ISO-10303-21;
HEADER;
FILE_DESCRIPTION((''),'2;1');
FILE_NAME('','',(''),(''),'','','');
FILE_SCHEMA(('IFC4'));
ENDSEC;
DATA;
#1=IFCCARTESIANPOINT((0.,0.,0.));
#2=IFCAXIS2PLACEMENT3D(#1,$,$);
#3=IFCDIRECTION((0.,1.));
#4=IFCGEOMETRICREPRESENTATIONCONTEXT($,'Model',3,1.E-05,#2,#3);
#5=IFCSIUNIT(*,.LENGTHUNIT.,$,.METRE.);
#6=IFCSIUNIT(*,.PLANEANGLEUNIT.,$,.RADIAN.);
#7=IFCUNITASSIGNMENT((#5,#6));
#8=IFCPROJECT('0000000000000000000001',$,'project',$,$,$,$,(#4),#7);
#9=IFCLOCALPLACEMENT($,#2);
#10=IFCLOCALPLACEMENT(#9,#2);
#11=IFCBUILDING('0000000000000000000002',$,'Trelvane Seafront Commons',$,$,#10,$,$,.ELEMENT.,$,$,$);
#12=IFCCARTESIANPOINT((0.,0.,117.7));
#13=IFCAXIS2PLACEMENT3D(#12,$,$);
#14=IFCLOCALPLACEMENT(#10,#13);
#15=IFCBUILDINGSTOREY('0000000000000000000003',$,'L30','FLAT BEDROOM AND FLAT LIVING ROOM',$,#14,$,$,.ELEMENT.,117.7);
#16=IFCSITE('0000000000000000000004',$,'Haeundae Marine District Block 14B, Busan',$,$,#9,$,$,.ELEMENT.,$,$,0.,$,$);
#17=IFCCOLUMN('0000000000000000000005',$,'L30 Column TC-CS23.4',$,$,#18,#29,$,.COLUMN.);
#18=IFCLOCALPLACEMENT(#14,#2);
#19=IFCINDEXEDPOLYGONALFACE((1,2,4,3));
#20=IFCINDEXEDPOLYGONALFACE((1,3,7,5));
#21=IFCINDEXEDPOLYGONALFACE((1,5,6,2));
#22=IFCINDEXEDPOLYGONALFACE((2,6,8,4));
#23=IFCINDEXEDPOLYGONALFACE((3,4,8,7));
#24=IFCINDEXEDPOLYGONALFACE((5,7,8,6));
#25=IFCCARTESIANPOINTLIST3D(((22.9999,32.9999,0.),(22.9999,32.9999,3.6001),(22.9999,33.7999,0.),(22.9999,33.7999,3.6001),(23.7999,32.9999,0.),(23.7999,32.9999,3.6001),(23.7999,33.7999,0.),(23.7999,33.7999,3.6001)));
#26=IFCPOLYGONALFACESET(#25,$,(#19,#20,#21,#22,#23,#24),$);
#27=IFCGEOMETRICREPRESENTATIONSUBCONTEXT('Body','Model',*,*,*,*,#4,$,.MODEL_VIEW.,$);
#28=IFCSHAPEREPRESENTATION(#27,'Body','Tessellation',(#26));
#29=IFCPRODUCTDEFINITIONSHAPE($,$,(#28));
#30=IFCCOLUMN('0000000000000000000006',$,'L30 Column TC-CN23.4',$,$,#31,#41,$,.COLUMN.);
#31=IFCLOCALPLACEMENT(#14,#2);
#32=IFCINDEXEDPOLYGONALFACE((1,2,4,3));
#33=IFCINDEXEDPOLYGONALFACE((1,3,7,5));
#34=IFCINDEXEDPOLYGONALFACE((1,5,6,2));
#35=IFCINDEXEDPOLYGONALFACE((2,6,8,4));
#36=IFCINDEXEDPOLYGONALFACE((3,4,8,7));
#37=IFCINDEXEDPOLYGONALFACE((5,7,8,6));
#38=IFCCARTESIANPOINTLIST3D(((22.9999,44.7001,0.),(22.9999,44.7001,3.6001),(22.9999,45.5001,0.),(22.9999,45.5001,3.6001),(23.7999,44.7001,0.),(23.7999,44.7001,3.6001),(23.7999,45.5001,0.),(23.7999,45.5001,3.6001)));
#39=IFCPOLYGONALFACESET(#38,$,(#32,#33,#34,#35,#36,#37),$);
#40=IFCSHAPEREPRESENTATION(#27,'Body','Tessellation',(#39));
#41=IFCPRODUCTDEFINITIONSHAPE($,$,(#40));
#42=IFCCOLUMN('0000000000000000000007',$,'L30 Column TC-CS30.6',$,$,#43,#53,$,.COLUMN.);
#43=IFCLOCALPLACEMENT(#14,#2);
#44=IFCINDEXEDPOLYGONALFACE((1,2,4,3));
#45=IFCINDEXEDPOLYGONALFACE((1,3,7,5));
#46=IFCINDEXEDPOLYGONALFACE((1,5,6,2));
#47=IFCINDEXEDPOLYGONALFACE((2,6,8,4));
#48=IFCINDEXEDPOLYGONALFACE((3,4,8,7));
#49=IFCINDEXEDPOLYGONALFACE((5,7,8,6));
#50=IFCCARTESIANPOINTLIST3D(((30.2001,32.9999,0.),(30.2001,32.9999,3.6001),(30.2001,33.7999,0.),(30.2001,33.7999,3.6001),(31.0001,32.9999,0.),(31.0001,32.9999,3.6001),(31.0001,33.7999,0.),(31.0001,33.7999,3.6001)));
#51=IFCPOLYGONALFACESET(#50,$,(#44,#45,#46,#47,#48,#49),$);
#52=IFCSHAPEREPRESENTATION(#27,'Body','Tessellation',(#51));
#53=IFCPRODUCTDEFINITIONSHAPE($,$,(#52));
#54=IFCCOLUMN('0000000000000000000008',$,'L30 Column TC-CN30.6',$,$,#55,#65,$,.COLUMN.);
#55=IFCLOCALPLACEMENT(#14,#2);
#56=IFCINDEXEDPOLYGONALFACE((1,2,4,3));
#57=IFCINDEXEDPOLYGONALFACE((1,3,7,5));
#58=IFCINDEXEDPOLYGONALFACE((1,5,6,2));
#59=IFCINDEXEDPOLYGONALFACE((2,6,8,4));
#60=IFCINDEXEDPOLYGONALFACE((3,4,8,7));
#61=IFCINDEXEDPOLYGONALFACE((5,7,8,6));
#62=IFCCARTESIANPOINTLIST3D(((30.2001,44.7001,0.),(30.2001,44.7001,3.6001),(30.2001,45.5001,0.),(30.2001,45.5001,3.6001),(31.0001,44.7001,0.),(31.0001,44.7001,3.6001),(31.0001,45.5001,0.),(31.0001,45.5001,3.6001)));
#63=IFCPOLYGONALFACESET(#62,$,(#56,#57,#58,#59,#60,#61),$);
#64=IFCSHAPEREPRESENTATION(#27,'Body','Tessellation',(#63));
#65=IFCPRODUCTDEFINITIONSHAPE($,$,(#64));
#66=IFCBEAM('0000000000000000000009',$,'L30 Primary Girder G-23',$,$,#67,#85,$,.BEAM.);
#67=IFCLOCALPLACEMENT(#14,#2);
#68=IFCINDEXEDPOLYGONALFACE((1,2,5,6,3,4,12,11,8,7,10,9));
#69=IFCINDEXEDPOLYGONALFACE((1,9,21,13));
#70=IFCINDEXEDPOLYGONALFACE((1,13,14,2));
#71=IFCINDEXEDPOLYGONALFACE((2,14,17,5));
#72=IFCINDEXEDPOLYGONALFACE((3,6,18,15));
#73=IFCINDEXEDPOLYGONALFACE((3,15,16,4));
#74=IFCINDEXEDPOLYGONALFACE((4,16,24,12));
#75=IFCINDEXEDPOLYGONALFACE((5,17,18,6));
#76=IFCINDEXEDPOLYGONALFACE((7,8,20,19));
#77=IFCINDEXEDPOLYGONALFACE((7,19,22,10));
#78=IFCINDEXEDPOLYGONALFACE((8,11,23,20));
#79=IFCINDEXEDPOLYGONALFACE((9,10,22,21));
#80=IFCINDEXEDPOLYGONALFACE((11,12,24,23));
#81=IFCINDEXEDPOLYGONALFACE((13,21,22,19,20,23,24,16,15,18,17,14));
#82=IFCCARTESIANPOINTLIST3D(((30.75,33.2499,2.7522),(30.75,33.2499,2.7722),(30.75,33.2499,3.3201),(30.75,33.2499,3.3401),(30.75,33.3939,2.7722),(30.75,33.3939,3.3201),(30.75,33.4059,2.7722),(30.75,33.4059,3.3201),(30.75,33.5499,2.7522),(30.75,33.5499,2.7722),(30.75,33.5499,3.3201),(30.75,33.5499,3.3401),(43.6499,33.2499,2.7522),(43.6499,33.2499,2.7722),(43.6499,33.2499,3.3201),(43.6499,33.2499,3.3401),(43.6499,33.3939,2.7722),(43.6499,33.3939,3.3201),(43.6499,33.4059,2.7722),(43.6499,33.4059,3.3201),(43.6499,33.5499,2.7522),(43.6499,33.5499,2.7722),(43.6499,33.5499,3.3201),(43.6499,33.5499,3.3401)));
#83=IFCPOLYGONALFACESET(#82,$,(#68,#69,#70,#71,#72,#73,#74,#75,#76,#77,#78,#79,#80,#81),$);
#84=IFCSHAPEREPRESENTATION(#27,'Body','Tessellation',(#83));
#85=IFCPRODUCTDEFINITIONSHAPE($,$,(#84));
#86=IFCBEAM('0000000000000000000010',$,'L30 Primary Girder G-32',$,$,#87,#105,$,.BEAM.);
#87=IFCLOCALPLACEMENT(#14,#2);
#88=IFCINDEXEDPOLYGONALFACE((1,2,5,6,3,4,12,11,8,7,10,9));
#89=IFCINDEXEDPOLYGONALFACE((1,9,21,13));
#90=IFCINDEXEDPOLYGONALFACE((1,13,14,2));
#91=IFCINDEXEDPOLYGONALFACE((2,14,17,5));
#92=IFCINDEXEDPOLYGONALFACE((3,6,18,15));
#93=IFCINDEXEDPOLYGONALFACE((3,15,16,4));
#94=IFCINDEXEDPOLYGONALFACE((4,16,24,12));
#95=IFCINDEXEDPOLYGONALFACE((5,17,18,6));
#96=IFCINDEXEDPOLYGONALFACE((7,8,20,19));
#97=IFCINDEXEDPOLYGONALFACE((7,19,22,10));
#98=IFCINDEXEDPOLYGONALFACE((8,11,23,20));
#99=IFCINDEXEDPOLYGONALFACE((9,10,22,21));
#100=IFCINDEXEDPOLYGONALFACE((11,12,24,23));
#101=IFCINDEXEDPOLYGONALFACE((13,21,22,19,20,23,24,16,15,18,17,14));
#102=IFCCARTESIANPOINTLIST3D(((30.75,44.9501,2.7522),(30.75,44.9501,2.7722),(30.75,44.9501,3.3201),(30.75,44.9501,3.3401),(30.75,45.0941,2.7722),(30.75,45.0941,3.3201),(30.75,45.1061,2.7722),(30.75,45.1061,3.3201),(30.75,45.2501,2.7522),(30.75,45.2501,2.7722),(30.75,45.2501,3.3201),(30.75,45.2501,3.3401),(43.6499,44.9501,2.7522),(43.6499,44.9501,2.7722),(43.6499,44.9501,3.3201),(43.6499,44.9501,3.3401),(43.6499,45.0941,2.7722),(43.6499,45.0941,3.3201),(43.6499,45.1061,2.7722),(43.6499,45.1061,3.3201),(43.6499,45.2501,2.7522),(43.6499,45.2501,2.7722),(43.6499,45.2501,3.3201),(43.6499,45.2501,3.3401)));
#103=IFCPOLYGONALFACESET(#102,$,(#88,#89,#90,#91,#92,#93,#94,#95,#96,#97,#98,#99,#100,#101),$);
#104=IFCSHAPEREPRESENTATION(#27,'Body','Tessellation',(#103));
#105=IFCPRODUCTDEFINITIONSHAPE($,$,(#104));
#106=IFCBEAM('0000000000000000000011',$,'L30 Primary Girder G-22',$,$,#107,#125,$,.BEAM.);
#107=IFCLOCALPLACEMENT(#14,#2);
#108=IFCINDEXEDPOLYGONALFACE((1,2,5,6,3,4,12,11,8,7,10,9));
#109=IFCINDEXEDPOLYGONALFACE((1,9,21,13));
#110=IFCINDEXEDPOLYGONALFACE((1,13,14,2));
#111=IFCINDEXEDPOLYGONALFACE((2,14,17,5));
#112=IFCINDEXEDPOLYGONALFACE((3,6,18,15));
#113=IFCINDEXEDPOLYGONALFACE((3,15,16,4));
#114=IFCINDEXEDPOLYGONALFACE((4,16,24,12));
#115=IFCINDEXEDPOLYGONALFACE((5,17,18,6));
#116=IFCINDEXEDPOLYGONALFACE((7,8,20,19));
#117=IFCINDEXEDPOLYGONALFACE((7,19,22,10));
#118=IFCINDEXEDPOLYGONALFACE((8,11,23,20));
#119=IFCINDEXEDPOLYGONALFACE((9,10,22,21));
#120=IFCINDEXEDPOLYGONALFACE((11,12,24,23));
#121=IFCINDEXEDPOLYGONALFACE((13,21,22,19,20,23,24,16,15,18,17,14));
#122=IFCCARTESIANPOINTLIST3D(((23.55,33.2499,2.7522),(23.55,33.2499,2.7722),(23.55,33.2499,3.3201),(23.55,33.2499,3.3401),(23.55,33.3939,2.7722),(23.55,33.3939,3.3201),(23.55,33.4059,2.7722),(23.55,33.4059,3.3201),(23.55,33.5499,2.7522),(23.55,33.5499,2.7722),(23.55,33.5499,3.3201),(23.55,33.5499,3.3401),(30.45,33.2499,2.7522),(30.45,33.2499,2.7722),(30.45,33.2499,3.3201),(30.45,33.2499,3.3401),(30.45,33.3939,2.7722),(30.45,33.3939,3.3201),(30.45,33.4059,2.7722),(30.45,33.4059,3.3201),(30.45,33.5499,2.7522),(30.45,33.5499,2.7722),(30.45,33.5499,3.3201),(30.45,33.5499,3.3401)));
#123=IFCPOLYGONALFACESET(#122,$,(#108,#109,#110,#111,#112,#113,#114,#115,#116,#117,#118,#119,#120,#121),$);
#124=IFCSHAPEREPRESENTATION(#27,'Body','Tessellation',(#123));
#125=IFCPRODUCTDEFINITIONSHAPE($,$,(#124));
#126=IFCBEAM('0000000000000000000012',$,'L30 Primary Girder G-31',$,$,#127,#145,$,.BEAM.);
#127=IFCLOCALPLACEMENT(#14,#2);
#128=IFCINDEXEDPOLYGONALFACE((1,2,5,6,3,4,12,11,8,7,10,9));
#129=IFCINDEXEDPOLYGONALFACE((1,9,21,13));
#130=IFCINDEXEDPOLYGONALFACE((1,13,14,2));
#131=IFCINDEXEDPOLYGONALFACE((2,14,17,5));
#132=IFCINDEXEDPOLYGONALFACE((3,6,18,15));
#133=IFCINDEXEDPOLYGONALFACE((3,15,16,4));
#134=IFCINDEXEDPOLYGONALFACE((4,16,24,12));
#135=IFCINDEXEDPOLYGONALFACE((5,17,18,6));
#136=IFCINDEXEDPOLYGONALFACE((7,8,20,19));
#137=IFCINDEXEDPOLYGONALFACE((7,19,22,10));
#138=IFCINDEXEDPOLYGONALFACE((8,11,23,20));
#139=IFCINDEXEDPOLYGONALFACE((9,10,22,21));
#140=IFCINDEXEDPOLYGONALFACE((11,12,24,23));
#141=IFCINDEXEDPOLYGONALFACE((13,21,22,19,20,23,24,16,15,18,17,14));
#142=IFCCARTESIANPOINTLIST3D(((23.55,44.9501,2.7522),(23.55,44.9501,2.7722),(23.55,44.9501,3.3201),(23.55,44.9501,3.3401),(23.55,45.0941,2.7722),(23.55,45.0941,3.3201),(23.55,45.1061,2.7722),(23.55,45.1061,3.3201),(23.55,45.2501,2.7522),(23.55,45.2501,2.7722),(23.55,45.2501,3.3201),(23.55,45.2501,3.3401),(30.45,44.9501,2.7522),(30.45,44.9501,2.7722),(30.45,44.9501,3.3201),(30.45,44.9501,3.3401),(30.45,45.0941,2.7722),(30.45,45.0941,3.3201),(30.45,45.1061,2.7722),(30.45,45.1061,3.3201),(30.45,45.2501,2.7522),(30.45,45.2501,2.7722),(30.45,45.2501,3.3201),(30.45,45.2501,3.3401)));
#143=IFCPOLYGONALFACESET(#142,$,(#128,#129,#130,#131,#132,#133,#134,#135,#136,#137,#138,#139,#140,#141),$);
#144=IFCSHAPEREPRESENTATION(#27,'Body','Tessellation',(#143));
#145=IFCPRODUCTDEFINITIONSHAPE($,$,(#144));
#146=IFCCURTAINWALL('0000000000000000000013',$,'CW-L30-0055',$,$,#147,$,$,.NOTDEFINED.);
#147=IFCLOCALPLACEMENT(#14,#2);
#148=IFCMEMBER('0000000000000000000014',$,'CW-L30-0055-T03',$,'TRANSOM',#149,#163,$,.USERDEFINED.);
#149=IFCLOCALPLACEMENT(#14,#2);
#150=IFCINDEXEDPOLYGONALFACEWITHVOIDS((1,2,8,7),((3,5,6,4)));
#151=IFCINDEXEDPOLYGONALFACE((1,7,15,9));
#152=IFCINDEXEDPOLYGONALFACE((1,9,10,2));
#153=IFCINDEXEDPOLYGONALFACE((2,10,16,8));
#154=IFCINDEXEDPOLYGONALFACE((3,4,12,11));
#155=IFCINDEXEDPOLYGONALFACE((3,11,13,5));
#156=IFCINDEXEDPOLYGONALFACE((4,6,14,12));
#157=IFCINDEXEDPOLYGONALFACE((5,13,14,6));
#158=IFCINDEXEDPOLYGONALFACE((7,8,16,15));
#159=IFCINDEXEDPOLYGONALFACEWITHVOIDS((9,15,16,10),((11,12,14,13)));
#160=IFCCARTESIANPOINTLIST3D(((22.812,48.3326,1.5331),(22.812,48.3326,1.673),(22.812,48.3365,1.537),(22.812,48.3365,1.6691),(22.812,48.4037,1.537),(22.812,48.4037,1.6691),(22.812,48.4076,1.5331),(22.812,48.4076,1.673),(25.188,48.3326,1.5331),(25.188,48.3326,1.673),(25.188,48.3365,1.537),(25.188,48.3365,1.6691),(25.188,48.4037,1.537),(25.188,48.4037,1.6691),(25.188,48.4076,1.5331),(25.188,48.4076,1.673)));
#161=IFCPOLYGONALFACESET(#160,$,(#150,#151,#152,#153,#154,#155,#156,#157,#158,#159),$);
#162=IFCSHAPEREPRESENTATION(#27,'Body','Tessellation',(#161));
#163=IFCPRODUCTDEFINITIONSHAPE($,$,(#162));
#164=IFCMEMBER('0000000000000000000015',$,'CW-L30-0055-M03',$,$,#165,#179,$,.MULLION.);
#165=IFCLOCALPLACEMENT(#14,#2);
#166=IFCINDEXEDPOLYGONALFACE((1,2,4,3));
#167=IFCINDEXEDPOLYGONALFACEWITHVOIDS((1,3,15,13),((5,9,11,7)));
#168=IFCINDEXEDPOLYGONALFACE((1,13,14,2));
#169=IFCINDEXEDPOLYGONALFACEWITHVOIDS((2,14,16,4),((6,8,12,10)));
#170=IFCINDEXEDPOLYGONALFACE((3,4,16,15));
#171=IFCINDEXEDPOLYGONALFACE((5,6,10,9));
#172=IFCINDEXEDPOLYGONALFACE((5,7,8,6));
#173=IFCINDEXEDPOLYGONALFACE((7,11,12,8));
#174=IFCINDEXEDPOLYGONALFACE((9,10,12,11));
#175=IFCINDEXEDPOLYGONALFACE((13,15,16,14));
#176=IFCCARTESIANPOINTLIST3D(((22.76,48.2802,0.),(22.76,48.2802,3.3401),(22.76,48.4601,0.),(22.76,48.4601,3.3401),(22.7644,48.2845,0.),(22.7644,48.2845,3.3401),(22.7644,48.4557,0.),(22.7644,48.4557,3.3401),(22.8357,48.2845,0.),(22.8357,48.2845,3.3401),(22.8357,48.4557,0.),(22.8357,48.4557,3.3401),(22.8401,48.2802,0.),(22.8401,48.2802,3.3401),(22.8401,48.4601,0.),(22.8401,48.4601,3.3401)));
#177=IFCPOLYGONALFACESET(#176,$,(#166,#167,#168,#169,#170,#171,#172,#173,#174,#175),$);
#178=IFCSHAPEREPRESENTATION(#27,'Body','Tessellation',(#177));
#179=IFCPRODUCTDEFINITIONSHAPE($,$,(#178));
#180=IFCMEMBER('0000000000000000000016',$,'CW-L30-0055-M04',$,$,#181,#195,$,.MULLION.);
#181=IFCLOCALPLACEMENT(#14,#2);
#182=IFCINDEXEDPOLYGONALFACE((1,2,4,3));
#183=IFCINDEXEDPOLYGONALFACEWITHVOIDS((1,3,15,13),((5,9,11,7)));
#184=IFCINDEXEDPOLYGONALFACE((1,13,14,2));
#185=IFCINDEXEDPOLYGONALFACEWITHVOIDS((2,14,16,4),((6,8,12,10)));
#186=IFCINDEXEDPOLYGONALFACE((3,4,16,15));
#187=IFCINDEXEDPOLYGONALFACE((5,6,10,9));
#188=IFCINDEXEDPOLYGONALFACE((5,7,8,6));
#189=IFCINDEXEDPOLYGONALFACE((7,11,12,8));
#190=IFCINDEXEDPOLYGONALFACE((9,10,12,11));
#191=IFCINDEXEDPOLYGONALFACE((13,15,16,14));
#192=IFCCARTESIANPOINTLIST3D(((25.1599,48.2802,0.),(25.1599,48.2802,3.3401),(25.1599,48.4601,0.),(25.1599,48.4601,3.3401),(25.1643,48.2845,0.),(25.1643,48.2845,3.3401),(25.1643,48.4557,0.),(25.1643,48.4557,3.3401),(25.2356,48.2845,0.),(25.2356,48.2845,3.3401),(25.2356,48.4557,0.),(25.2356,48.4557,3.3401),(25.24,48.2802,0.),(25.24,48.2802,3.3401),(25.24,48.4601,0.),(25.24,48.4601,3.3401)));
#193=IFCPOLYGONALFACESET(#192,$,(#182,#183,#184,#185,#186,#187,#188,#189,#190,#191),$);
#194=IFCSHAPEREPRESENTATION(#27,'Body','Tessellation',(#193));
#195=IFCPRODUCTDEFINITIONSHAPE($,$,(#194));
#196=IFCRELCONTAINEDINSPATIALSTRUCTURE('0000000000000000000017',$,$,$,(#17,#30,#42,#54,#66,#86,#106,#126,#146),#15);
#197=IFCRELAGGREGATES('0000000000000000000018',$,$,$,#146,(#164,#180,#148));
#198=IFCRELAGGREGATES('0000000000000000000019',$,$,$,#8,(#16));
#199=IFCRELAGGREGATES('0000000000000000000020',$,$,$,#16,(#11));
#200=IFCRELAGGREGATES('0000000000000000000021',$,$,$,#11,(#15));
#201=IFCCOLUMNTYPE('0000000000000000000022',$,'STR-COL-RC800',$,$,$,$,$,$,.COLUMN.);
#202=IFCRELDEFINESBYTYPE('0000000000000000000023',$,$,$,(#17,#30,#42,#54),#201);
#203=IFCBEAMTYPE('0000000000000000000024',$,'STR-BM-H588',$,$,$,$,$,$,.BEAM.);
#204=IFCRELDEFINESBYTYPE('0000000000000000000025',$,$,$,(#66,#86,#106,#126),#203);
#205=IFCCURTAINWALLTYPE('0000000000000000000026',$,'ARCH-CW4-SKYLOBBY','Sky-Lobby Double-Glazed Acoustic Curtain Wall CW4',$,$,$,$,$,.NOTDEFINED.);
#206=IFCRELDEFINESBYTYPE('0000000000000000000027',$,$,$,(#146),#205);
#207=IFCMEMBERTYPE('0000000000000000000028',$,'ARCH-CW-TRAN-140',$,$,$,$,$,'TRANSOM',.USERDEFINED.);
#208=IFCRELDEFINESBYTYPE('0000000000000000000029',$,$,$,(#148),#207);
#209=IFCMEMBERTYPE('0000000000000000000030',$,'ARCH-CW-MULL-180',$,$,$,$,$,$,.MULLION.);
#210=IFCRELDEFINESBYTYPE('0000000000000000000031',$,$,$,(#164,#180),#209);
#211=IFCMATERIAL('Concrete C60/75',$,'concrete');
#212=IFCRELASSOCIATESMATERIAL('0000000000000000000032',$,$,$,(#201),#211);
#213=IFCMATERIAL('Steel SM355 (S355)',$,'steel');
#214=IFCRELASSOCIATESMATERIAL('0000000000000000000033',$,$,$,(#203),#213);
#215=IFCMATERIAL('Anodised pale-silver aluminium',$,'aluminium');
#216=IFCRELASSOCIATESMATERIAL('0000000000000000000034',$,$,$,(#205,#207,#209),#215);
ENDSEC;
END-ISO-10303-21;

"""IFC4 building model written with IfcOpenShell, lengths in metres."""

from ifc_helpers import new_model, si_unit, direction, frame, origin, origin_2d, place, context, subcontext, project, spatial, rectangle, hollow_rectangle, i_section, extrude, source, transform, mapped, material, material_profile, profile_set, type_object, element, aggregate, save


model = new_model("IFC4")

# Units and contexts
model_context = context("Model", 3, precision=1e-05, world=origin(), true_north=direction((0.0, 1.0)))
body_context = subcontext(model_context, "Body", "Model", "MODEL_VIEW")
ifc_project = project(units=[si_unit("LENGTHUNIT", "METRE"), si_unit("PLANEANGLEUNIT", "RADIAN")], contexts=[model_context])

# Site, building, storey
site_placement = place(None, origin())
site = spatial("IfcSite", under=ifc_project, at=site_placement, Name="Haeundae Marine District Block 14B, Busan", CompositionType="ELEMENT", RefElevation=0.0)
building_placement = place(site_placement, origin())
building = spatial("IfcBuilding", under=site, at=building_placement, Name="Trelvane Seafront Commons", CompositionType="ELEMENT")
storey_placement = place(building_placement, frame((0.0, 0.0, 117.7)))
storey = spatial("IfcBuildingStorey", under=building, at=storey_placement, Name="L30", Description="FLAT BEDROOM AND FLAT LIVING ROOM", CompositionType="ELEMENT", Elevation=117.7)

# Columns
ifc_material_1 = material(Name="Concrete C60/75", Category="concrete")
ifc_material_profile_1 = material_profile(ifc_material_1, rectangle(XDim=0.8, YDim=0.8, at=origin_2d()), Name="RC-800x800")
ifc_profile_set_1 = profile_set([ifc_material_profile_1], Name="Concrete C60/75")
column_type = type_object("IfcColumnType", Name="STR-COL-RC800", PredefinedType="COLUMN", material=ifc_profile_set_1)
shared_shape_1 = source(origin(), body_context, "Body", "SweptSolid", [
    extrude(rectangle(XDim=0.8, YDim=0.8, at=origin_2d()), origin(), (0.0, 0.0, 1.0), 3.6001),
])
for number, where, z_axis, x_axis, name in (
    (1, (23.3999, 33.3999, 0.0), (0.0, 0.0, 1.0), (1.0, 0.0, 0.0), "L30 Column TC-CS23.4"),
    (2, (23.3999, 45.1001, 0.0), (0.0, 0.0, 1.0), (1.0, 0.0, 0.0), "L30 Column TC-CN23.4"),
    (3, (30.6001, 33.3999, 0.0), (0.0, 0.0, 1.0), (1.0, 0.0, 0.0), "L30 Column TC-CS30.6"),
    (4, (30.6001, 45.1001, 0.0), (0.0, 0.0, 1.0), (1.0, 0.0, 0.0), "L30 Column TC-CN30.6"),
):
    element("IfcColumn", number, at=place(storey_placement, frame(where, z_axis=z_axis, x_axis=x_axis)), inside=storey, type_object=column_type, Name=name, PredefinedType="COLUMN", context=body_context, shape_type="MappedRepresentation", body=[
        mapped(shared_shape_1, transform((0.0, 0.0, 0.0), x_axis=(1.0, 0.0, 0.0), y_axis=(0.0, 1.0, 0.0), z_axis=(0.0, 0.0, 1.0), scale=1.0)),
    ])

# Beams
ifc_material_2 = material(Name="Steel SM355 (S355)", Category="steel")
ifc_material_profile_2 = material_profile(ifc_material_2, i_section(OverallWidth=0.3, OverallDepth=0.5879, WebThickness=0.012, FlangeThickness=0.02, at=origin_2d()), Name="H-588x300x12x20")
ifc_profile_set_2 = profile_set([ifc_material_profile_2], Name="Steel SM355 (S355)")
beam_type = type_object("IfcBeamType", Name="STR-BM-H588", PredefinedType="BEAM", material=ifc_profile_set_2)
shared_shape_2 = source(origin(), body_context, "Body", "SweptSolid", [
    extrude(i_section(OverallWidth=0.3, OverallDepth=0.5879, WebThickness=0.012, FlangeThickness=0.02, at=origin_2d()), origin(), (0.0, 0.0, 1.0), 12.8999),
])
for number, where, z_axis, x_axis, name in (
    (5, (30.75, 33.3999, 3.0461), (1.0, 0.0, 0.0), (0.0, 1.0, 0.0), "L30 Primary Girder G-23"),
    (6, (30.75, 45.1001, 3.0461), (1.0, 0.0, 0.0), (0.0, 1.0, 0.0), "L30 Primary Girder G-32"),
):
    element("IfcBeam", number, at=place(storey_placement, frame(where, z_axis=z_axis, x_axis=x_axis)), inside=storey, type_object=beam_type, Name=name, PredefinedType="BEAM", context=body_context, shape_type="MappedRepresentation", body=[
        mapped(shared_shape_2, transform((0.0, 0.0, 0.0), x_axis=(1.0, 0.0, 0.0), y_axis=(0.0, 1.0, 0.0), z_axis=(0.0, 0.0, 1.0), scale=1.0)),
    ])
shared_shape_3 = source(origin(), body_context, "Body", "SweptSolid", [
    extrude(i_section(OverallWidth=0.3, OverallDepth=0.5879, WebThickness=0.012, FlangeThickness=0.02, at=origin_2d()), origin(), (0.0, 0.0, 1.0), 6.8999),
])
for number, where, z_axis, x_axis, name in (
    (7, (23.55, 33.3999, 3.0461), (1.0, 0.0, 0.0), (0.0, 1.0, 0.0), "L30 Primary Girder G-22"),
    (8, (23.55, 45.1001, 3.0461), (1.0, 0.0, 0.0), (0.0, 1.0, 0.0), "L30 Primary Girder G-31"),
):
    element("IfcBeam", number, at=place(storey_placement, frame(where, z_axis=z_axis, x_axis=x_axis)), inside=storey, type_object=beam_type, Name=name, PredefinedType="BEAM", context=body_context, shape_type="MappedRepresentation", body=[
        mapped(shared_shape_3, transform((0.0, 0.0, 0.0), x_axis=(1.0, 0.0, 0.0), y_axis=(0.0, 1.0, 0.0), z_axis=(0.0, 0.0, 1.0), scale=1.0)),
    ])

# Curtain wall, members
ifc_material_3 = material(Name="Anodised pale-silver aluminium", Category="aluminium")
curtain_wall_type = type_object("IfcCurtainWallType", Name="ARCH-CW4-SKYLOBBY", Description="Sky-Lobby Double-Glazed Acoustic Curtain Wall CW4", PredefinedType="NOTDEFINED", material=ifc_material_3)
curtain_wall_placement = place(storey_placement, origin())
curtain_wall = element("IfcCurtainWall", 9, at=curtain_wall_placement, inside=storey, type_object=curtain_wall_type, Name="CW-L30-0055", PredefinedType="NOTDEFINED")
ifc_material_profile_3 = material_profile(ifc_material_3, hollow_rectangle(XDim=0.075, YDim=0.1399, WallThickness=0.0039, at=origin_2d()), Name="TRAN-75x140x4")
ifc_profile_set_3 = profile_set([ifc_material_profile_3], Name="Anodised pale-silver aluminium")
member_type_1 = type_object("IfcMemberType", Name="ARCH-CW-TRAN-140", ElementType="TRANSOM", PredefinedType="USERDEFINED", material=ifc_profile_set_3)
shared_shape_4 = source(origin(), body_context, "Body", "SweptSolid", [
    extrude(hollow_rectangle(XDim=0.075, YDim=0.1399, WallThickness=0.0039, at=origin_2d()), origin(), (0.0, 0.0, 1.0), 2.376),
])
member_1_placement = place(storey_placement, frame((22.812, 48.3701, 1.603), z_axis=(1.0, 0.0, 0.0), x_axis=(0.0, 1.0, 0.0)))
member_1 = element("IfcMember", 10, at=member_1_placement, type_object=member_type_1, Name="CW-L30-0055-T03", ObjectType="TRANSOM", PredefinedType="USERDEFINED", context=body_context, shape_type="MappedRepresentation", body=[
    mapped(shared_shape_4, transform((0.0, 0.0, 0.0), x_axis=(1.0, 0.0, 0.0), y_axis=(0.0, 1.0, 0.0), z_axis=(0.0, 0.0, 1.0), scale=1.0)),
])
ifc_material_profile_4 = material_profile(ifc_material_3, hollow_rectangle(XDim=0.0801, YDim=0.1799, WallThickness=0.0044, at=origin_2d()), Name="MULL-80x180x4.5")
ifc_profile_set_4 = profile_set([ifc_material_profile_4], Name="Anodised pale-silver aluminium")
member_type_2 = type_object("IfcMemberType", Name="ARCH-CW-MULL-180", PredefinedType="MULLION", material=ifc_profile_set_4)
shared_shape_5 = source(origin(), body_context, "Body", "SweptSolid", [
    extrude(hollow_rectangle(XDim=0.0801, YDim=0.1799, WallThickness=0.0044, at=origin_2d()), origin(), (0.0, 0.0, 1.0), 3.3401),
])
member_2_placement = place(storey_placement, frame((22.8, 48.3701, 0.0), z_axis=(0.0, 0.0, 1.0), x_axis=(1.0, 0.0, 0.0)))
member_2 = element("IfcMember", 11, at=member_2_placement, type_object=member_type_2, Name="CW-L30-0055-M03", PredefinedType="MULLION", context=body_context, shape_type="MappedRepresentation", body=[
    mapped(shared_shape_5, transform((0.0, 0.0, 0.0), x_axis=(1.0, 0.0, 0.0), y_axis=(0.0, 1.0, 0.0), z_axis=(0.0, 0.0, 1.0), scale=1.0)),
])
member_3_placement = place(storey_placement, frame((25.2, 48.3701, 0.0), z_axis=(0.0, 0.0, 1.0), x_axis=(1.0, 0.0, 0.0)))
member_3 = element("IfcMember", 12, at=member_3_placement, type_object=member_type_2, Name="CW-L30-0055-M04", PredefinedType="MULLION", context=body_context, shape_type="MappedRepresentation", body=[
    mapped(shared_shape_5, transform((0.0, 0.0, 0.0), x_axis=(1.0, 0.0, 0.0), y_axis=(0.0, 1.0, 0.0), z_axis=(0.0, 0.0, 1.0), scale=1.0)),
])
aggregate(curtain_wall, [member_2, member_3, member_1])

save(model, "model.ifc")
